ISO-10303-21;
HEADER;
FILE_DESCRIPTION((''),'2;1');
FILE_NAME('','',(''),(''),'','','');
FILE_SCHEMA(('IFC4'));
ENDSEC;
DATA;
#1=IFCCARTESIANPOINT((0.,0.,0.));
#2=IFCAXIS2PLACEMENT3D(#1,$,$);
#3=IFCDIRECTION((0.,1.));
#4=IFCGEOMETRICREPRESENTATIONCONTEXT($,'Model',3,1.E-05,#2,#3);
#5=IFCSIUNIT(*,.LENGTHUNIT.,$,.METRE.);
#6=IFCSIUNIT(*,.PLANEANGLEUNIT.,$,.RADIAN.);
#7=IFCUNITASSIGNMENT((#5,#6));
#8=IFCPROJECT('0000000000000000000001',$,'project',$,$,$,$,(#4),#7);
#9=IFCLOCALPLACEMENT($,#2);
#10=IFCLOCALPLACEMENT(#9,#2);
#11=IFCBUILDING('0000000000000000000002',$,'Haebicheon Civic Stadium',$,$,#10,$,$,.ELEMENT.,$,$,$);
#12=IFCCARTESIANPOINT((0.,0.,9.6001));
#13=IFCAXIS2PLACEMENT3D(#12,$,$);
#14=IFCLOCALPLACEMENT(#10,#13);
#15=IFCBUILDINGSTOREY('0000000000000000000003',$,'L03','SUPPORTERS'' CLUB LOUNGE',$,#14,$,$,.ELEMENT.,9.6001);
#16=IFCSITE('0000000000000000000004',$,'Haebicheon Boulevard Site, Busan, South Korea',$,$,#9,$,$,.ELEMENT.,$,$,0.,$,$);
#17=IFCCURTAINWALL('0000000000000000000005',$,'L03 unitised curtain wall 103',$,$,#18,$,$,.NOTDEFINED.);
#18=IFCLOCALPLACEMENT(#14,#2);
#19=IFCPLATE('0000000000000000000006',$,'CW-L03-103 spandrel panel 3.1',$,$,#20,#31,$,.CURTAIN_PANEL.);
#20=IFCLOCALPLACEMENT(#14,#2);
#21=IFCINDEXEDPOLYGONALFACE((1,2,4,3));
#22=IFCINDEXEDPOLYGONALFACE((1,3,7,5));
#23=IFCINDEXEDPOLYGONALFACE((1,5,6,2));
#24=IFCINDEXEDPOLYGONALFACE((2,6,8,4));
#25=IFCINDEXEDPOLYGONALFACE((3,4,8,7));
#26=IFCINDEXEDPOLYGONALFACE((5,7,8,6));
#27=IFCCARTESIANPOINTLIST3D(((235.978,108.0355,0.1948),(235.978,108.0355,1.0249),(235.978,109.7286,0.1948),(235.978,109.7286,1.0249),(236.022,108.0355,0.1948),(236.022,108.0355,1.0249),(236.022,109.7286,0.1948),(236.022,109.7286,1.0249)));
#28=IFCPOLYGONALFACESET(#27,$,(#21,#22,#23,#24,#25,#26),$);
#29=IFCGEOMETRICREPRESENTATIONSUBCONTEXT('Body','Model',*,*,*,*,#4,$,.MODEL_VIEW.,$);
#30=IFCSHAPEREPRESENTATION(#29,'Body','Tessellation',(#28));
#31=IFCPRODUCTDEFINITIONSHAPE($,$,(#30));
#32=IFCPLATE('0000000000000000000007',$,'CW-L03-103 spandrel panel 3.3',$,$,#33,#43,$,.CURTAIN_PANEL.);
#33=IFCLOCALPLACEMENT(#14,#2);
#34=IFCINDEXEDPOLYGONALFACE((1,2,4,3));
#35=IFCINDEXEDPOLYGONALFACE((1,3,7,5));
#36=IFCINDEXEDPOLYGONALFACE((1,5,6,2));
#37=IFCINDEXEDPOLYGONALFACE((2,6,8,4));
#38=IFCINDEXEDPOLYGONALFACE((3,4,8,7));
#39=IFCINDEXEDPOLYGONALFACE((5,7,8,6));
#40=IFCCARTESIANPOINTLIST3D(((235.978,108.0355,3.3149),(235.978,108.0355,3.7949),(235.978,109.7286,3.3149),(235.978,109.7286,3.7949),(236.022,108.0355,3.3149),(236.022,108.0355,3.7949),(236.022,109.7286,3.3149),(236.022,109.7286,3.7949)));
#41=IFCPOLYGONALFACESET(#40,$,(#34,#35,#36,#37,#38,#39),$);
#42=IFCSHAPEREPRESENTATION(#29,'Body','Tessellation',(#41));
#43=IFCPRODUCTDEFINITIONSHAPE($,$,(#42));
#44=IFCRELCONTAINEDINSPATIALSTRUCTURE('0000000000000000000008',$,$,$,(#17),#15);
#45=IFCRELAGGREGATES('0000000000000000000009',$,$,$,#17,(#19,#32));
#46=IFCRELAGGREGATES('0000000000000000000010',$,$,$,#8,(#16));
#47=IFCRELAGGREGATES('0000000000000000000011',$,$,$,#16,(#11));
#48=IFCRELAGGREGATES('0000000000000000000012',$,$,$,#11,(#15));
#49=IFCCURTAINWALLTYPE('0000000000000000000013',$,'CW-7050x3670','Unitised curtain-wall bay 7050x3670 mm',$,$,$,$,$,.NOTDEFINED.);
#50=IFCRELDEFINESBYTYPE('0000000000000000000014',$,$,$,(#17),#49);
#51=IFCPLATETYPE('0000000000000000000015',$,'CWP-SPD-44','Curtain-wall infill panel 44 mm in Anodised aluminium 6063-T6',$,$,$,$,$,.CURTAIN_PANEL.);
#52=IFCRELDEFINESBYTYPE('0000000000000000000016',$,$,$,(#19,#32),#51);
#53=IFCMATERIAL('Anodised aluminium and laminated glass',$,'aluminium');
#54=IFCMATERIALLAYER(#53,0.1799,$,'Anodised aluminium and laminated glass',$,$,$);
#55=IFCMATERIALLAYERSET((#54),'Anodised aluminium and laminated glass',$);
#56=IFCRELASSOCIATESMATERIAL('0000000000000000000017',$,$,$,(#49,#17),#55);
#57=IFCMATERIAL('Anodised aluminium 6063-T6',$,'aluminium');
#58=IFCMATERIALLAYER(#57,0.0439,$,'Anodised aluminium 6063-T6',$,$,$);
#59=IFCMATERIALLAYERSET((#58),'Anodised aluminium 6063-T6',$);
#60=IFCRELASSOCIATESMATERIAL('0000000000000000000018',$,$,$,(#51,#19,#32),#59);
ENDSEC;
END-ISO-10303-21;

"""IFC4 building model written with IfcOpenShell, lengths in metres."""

from ifc_helpers import new_model, si_unit, direction, frame, origin, origin_2d, place, context, subcontext, project, spatial, rectangle, extrude, material, layer, layer_set, type_object, element, aggregate, save


model = new_model("IFC4")

# Units and contexts
model_context = context("Model", 3, precision=1e-05, world=origin(), true_north=direction((0.0, 1.0)))
body_context = subcontext(model_context, "Body", "Model", "MODEL_VIEW")
ifc_project = project(units=[si_unit("LENGTHUNIT", "METRE"), si_unit("PLANEANGLEUNIT", "RADIAN")], contexts=[model_context])

# Site, building, storey
site_placement = place(None, origin())
site = spatial("IfcSite", under=ifc_project, at=site_placement, Name="Haebicheon Boulevard Site, Busan, South Korea", CompositionType="ELEMENT", RefElevation=0.0)
building_placement = place(site_placement, origin())
building = spatial("IfcBuilding", under=site, at=building_placement, Name="Haebicheon Civic Stadium", CompositionType="ELEMENT")
storey_placement = place(building_placement, frame((0.0, 0.0, 9.6001)))
storey = spatial("IfcBuildingStorey", under=building, at=storey_placement, Name="L03", Description="SUPPORTERS' CLUB LOUNGE", CompositionType="ELEMENT", Elevation=9.6001)

# Curtain wall
ifc_material_1 = material(Name="Anodised aluminium and laminated glass", Category="aluminium")
ifc_layer_1 = layer(ifc_material_1, 0.1799, Name="Anodised aluminium and laminated glass")
ifc_layer_set_1 = layer_set([ifc_layer_1], Name="Anodised aluminium and laminated glass")
curtain_wall_type = type_object("IfcCurtainWallType", Name="CW-7050x3670", Description="Unitised curtain-wall bay 7050x3670 mm", PredefinedType="NOTDEFINED", material=ifc_layer_set_1)
curtain_wall_placement = place(storey_placement, origin())
curtain_wall = element("IfcCurtainWall", 1, at=curtain_wall_placement, inside=storey, type_object=curtain_wall_type, material=ifc_layer_set_1, Name="L03 unitised curtain wall 103", PredefinedType="NOTDEFINED")

# Plates
ifc_material_2 = material(Name="Anodised aluminium 6063-T6", Category="aluminium")
ifc_layer_2 = layer(ifc_material_2, 0.0439, Name="Anodised aluminium 6063-T6")
ifc_layer_set_2 = layer_set([ifc_layer_2], Name="Anodised aluminium 6063-T6")
plate_type_1 = type_object("IfcPlateType", Name="CWP-SPD-44", Description="Curtain-wall infill panel 44 mm in Anodised aluminium 6063-T6", PredefinedType="CURTAIN_PANEL", material=ifc_layer_set_2)
plate_1_placement = place(storey_placement, frame((236.0, 108.8821, 0.1948), z_axis=(0.0, 0.0, 1.0), x_axis=(0.0, 1.0, 0.0)))
plate_1 = element("IfcPlate", 2, at=plate_1_placement, type_object=plate_type_1, material=ifc_layer_set_2, Name="CW-L03-103 spandrel panel 3.1", PredefinedType="CURTAIN_PANEL", context=body_context, shape_type="SweptSolid", body=[
    extrude(rectangle(XDim=1.6931, YDim=0.0439, at=origin_2d()), origin(), (0.0, 0.0, 1.0), 0.8301),
])
plate_2_placement = place(storey_placement, frame((236.0, 108.8821, 3.3149), z_axis=(0.0, 0.0, 1.0), x_axis=(0.0, 1.0, 0.0)))
plate_2 = element("IfcPlate", 3, at=plate_2_placement, type_object=plate_type_1, material=ifc_layer_set_2, Name="CW-L03-103 spandrel panel 3.3", PredefinedType="CURTAIN_PANEL", context=body_context, shape_type="SweptSolid", body=[
    extrude(rectangle(XDim=1.6931, YDim=0.0439, at=origin_2d()), origin(), (0.0, 0.0, 1.0), 0.48),
])
aggregate(curtain_wall, [plate_1, plate_2])

save(model, "model.ifc")
